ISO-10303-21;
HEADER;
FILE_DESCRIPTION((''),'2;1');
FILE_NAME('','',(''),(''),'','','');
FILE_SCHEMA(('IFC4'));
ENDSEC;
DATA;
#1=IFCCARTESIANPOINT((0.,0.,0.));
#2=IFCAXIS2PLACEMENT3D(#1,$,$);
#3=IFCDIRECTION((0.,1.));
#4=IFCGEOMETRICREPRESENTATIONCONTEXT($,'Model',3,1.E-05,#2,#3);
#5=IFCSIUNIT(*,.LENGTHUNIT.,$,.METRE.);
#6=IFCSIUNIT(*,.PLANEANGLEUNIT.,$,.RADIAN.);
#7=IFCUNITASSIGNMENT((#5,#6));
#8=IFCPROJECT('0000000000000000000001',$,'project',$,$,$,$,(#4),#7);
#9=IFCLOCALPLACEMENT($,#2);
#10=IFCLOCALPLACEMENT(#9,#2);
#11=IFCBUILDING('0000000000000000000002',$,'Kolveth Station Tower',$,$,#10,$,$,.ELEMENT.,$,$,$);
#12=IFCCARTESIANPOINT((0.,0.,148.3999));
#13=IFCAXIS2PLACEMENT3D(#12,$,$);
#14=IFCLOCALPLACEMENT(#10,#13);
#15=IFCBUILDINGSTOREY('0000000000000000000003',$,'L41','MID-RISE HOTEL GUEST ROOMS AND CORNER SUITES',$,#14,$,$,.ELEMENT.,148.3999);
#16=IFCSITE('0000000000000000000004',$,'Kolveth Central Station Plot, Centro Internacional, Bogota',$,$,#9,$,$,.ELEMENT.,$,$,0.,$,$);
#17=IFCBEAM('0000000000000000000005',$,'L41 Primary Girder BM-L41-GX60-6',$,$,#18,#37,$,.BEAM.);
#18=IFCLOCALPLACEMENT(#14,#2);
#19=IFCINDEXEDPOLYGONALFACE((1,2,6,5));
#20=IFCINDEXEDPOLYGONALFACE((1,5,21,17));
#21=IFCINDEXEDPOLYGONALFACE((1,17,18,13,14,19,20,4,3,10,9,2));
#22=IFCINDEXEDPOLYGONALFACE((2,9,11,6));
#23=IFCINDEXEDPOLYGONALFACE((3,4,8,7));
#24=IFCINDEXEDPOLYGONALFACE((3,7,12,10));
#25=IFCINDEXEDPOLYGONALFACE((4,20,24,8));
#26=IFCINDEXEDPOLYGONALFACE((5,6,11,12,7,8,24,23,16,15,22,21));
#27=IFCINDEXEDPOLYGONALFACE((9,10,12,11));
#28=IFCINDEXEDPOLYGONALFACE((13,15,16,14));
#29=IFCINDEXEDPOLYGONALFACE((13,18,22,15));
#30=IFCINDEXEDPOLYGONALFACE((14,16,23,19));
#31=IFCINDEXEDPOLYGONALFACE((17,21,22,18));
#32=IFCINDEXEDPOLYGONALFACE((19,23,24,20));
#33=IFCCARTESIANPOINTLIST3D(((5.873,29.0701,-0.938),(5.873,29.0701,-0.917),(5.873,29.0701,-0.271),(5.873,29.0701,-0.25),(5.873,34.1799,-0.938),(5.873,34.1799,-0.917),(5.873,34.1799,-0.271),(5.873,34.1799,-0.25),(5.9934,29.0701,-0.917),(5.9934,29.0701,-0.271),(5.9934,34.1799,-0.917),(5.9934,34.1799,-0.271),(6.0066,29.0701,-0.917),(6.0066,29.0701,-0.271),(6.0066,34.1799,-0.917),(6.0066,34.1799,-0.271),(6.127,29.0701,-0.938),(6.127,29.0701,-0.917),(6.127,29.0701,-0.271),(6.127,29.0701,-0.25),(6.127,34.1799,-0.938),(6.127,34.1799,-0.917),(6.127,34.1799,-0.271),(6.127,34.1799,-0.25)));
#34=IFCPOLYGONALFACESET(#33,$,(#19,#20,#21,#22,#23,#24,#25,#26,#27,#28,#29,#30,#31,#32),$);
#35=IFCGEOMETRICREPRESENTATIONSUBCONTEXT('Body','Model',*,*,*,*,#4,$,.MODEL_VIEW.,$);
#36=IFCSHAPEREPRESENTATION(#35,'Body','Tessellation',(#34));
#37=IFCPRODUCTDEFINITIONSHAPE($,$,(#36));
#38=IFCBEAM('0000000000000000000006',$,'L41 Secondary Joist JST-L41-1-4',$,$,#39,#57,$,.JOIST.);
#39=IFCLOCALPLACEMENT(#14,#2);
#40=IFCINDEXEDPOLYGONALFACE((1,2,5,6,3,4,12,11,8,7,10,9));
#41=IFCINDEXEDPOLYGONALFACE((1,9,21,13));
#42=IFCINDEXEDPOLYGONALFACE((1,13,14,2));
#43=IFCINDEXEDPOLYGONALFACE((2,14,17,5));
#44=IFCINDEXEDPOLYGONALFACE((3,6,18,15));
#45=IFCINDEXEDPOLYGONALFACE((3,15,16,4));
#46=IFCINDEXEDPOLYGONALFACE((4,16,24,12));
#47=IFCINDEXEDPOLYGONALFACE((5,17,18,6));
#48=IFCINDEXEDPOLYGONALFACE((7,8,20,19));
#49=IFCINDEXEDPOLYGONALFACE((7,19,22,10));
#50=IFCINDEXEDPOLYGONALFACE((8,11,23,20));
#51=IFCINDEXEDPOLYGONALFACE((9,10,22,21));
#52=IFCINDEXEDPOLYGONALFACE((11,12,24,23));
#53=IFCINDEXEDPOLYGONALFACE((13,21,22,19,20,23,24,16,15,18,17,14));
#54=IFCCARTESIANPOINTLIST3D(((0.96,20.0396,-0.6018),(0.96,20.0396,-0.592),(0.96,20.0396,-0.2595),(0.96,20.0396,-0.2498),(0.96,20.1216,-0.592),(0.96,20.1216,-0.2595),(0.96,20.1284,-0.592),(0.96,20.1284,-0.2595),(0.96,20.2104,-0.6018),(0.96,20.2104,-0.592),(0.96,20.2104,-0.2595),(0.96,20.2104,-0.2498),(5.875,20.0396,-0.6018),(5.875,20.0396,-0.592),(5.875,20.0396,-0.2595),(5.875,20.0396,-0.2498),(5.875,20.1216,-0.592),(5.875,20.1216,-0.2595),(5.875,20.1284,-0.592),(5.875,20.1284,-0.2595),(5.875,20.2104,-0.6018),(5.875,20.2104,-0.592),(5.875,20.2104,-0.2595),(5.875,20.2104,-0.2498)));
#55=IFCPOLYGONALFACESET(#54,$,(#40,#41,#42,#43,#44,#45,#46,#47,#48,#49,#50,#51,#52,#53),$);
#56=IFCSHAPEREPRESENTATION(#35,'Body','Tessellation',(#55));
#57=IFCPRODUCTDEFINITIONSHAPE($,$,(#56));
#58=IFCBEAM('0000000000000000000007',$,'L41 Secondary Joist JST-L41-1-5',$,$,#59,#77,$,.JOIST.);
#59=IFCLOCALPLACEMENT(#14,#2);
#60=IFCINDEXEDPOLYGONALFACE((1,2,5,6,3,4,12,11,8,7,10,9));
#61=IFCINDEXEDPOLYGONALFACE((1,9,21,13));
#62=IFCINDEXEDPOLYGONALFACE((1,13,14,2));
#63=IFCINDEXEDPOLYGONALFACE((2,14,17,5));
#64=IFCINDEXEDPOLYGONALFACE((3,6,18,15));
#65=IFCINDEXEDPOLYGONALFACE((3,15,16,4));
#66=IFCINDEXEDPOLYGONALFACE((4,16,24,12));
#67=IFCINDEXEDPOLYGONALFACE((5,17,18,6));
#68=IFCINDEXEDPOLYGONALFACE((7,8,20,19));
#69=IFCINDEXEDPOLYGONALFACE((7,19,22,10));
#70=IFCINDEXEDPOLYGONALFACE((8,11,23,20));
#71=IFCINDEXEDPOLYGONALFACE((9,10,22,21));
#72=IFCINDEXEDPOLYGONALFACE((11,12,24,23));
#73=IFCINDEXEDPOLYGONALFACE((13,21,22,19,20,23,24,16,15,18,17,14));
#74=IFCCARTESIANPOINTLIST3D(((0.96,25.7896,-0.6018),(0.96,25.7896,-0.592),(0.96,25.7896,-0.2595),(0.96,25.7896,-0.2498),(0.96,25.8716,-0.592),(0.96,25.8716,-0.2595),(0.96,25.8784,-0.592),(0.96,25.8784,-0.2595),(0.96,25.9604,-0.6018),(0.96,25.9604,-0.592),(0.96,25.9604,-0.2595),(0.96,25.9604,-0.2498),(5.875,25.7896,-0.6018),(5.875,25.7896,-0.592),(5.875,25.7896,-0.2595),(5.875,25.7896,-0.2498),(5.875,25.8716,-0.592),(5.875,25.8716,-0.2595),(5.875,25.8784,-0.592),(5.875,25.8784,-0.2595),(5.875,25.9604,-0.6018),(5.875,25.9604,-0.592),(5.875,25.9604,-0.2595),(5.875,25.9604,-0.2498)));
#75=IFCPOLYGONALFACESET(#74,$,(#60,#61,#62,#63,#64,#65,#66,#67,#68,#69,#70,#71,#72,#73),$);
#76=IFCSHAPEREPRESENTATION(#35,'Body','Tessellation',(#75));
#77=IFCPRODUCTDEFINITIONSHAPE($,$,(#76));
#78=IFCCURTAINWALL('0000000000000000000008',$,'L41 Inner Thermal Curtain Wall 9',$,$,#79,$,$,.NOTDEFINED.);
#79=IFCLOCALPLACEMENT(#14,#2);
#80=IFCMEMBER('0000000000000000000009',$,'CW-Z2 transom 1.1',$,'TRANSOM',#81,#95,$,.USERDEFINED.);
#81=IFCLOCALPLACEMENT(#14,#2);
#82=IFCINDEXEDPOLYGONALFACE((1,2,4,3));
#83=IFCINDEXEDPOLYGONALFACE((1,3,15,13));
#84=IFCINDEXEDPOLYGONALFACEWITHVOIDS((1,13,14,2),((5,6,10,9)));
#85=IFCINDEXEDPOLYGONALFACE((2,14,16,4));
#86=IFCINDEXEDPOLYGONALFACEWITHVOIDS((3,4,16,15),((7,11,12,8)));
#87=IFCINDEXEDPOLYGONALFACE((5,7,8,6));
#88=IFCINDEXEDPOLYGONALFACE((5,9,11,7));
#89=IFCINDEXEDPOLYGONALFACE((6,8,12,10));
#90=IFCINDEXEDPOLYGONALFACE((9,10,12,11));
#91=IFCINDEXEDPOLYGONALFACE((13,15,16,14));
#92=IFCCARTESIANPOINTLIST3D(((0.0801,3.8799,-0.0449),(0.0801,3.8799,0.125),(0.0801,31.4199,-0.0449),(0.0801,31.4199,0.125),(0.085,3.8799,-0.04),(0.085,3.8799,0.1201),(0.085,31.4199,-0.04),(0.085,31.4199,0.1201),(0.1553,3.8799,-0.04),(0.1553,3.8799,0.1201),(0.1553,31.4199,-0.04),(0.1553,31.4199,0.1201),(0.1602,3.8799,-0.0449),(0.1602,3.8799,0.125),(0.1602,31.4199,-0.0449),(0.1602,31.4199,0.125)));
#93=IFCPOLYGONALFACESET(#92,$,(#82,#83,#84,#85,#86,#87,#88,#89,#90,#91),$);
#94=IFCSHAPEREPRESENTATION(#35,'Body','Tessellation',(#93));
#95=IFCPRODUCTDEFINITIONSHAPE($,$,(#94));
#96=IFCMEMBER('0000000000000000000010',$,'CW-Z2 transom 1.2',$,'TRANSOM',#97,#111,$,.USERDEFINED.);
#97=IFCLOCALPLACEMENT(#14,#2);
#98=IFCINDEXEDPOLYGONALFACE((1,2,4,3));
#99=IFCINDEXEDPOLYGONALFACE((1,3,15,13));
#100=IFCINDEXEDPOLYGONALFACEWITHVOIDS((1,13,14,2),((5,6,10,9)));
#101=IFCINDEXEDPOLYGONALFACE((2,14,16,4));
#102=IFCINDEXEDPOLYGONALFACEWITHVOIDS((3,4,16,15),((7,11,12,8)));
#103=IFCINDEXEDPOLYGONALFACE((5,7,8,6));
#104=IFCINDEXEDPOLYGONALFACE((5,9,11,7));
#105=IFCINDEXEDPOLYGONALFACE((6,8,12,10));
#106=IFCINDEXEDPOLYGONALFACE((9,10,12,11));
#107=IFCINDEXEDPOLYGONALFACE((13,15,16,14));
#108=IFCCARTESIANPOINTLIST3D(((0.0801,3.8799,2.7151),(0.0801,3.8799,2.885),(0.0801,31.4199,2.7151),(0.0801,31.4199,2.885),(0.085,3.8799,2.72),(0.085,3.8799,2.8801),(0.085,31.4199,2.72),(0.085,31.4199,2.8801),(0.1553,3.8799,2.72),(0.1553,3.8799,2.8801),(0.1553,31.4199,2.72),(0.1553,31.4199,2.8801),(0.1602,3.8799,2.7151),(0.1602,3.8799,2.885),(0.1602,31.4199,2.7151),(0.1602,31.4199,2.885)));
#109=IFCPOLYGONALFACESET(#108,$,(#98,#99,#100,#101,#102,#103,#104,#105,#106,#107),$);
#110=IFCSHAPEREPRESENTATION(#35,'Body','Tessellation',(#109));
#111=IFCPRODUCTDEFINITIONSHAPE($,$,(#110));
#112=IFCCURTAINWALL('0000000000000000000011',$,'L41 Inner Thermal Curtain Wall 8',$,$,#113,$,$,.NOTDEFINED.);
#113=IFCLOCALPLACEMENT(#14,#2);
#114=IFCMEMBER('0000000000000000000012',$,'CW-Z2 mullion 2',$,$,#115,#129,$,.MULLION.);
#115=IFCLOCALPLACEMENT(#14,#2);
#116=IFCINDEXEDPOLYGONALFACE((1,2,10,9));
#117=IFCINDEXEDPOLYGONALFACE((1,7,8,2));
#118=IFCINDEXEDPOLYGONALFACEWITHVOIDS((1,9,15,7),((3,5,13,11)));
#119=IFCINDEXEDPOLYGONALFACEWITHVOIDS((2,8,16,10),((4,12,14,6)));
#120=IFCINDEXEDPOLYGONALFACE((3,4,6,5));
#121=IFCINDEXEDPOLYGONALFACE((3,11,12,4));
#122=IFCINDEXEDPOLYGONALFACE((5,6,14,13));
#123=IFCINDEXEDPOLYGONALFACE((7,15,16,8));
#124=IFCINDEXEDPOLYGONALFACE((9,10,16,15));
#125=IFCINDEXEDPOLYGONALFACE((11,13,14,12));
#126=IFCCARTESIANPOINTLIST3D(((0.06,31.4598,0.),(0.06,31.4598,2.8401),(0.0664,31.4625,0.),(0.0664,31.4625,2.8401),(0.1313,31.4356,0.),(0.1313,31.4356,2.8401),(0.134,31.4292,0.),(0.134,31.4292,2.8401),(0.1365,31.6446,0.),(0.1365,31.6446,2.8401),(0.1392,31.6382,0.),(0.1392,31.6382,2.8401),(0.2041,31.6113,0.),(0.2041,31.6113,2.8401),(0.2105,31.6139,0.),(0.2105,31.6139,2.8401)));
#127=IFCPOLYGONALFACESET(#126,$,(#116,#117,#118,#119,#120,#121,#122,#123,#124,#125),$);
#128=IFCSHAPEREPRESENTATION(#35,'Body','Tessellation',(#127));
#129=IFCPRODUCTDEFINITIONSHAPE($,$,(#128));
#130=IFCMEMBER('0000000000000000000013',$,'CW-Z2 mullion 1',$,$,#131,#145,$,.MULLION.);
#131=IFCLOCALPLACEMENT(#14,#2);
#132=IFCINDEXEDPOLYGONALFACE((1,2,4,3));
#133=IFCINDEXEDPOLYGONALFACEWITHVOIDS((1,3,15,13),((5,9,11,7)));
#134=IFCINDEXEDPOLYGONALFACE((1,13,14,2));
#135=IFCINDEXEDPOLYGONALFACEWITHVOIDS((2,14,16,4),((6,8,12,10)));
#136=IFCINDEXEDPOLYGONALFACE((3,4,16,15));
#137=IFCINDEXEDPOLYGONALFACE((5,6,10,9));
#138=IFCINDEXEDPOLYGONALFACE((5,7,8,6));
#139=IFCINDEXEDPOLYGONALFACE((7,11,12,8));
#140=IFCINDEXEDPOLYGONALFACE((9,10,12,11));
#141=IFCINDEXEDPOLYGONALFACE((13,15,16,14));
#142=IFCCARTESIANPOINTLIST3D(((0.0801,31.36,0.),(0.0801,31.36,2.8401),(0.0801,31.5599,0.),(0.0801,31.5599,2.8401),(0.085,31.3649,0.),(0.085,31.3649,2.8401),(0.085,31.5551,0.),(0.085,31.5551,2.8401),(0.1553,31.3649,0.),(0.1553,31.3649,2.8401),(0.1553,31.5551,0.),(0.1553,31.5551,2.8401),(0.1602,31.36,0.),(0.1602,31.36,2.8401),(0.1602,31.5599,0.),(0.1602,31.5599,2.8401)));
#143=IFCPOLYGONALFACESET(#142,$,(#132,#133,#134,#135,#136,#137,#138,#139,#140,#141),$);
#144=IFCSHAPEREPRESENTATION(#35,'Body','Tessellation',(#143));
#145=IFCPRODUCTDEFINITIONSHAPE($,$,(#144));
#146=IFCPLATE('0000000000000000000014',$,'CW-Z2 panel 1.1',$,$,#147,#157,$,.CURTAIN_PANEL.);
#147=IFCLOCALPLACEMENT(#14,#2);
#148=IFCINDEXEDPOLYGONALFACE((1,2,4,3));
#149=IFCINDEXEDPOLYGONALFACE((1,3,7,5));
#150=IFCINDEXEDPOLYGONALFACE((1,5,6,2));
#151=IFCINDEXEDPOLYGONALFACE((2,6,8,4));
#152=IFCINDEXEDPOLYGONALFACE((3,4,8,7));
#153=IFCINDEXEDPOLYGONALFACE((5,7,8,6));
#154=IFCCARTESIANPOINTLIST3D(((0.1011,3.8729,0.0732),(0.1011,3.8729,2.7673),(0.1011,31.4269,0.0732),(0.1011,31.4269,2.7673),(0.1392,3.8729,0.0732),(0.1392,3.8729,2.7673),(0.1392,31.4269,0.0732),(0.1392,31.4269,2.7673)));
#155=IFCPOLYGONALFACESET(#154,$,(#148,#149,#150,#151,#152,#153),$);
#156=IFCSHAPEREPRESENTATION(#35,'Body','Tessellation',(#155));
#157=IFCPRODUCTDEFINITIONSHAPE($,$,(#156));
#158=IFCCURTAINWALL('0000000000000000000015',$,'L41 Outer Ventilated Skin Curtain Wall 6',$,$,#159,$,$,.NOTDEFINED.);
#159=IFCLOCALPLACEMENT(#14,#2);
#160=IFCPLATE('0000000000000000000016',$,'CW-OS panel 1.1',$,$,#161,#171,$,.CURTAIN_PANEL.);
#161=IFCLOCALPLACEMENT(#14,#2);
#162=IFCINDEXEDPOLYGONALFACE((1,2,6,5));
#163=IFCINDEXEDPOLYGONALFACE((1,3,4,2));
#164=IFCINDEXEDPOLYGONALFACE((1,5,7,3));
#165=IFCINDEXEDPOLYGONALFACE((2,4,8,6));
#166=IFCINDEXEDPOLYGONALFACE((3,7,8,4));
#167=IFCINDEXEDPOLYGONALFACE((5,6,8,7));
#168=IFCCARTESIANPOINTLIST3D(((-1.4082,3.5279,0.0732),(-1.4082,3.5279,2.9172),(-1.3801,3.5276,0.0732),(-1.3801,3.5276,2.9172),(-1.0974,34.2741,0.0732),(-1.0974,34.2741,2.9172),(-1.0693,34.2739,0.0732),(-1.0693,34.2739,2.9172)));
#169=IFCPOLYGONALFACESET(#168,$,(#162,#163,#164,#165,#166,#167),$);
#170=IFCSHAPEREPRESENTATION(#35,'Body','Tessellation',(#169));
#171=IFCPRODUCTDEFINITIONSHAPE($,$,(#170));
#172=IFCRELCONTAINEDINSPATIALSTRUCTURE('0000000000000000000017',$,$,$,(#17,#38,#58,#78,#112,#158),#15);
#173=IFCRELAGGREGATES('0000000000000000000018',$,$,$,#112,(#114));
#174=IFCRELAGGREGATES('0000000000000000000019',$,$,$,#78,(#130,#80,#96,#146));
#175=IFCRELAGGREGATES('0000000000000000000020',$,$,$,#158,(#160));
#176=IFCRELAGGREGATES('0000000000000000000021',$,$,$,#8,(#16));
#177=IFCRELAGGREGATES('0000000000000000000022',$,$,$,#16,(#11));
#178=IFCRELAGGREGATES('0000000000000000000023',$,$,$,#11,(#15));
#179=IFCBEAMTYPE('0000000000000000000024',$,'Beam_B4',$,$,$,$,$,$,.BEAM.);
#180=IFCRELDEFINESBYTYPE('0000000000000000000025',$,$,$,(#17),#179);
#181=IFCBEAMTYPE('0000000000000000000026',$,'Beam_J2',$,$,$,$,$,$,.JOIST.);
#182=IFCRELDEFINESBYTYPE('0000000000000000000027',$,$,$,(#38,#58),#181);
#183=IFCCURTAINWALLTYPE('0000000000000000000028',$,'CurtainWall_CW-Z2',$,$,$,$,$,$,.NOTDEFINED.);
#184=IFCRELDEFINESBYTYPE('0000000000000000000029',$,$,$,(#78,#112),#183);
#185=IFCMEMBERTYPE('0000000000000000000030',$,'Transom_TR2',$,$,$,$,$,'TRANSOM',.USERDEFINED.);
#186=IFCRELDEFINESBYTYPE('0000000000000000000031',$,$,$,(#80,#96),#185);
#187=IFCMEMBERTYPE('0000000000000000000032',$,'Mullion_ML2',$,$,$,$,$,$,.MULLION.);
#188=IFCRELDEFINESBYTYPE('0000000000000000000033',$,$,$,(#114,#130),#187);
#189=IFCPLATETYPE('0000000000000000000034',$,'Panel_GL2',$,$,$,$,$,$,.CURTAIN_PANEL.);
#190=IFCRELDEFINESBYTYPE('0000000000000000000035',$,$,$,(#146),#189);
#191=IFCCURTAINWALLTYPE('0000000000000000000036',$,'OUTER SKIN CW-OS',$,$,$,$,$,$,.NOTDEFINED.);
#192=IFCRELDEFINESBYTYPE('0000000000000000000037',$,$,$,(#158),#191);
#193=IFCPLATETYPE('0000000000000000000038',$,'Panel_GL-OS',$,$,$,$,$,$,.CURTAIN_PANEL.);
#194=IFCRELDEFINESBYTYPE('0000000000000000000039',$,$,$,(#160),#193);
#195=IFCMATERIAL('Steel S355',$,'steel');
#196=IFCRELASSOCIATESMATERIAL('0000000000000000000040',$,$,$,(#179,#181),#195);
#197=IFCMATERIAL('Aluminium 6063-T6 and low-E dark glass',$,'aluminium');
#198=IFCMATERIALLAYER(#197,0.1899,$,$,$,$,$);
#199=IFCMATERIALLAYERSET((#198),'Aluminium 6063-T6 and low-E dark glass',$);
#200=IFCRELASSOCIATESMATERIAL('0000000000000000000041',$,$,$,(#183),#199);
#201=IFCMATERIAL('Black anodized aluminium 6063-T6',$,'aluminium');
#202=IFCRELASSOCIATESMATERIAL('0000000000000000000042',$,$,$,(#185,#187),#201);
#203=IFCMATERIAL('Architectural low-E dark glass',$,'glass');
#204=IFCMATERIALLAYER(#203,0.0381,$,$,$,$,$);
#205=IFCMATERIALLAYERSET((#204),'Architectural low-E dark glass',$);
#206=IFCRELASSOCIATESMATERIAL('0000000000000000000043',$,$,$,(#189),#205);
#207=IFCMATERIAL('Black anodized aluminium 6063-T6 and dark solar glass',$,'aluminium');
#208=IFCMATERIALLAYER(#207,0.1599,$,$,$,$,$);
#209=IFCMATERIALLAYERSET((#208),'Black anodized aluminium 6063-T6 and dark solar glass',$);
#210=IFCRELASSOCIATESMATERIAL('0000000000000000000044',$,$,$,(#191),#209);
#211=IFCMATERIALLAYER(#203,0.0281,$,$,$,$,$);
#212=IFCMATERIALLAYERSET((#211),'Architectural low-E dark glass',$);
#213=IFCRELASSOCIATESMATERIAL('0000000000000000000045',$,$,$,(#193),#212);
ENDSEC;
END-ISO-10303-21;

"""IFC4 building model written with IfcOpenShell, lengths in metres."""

from ifc_helpers import new_model, si_unit, direction, frame, origin, origin_2d, place, context, subcontext, project, spatial, rectangle, hollow_rectangle, i_section, extrude, source, transform, mapped, material, layer, layer_set, material_profile, profile_set, type_object, element, aggregate, save


model = new_model("IFC4")

# Units and contexts
model_context = context("Model", 3, precision=1e-05, world=origin(), true_north=direction((0.0, 1.0)))
body_context = subcontext(model_context, "Body", "Model", "MODEL_VIEW")
ifc_project = project(units=[si_unit("LENGTHUNIT", "METRE"), si_unit("PLANEANGLEUNIT", "RADIAN")], contexts=[model_context])

# Site, building, storey
site_placement = place(None, origin())
site = spatial("IfcSite", under=ifc_project, at=site_placement, Name="Kolveth Central Station Plot, Centro Internacional, Bogota", CompositionType="ELEMENT", RefElevation=0.0)
building_placement = place(site_placement, origin())
building = spatial("IfcBuilding", under=site, at=building_placement, Name="Kolveth Station Tower", CompositionType="ELEMENT")
storey_placement = place(building_placement, frame((0.0, 0.0, 148.3999)))
storey = spatial("IfcBuildingStorey", under=building, at=storey_placement, Name="L41", Description="MID-RISE HOTEL GUEST ROOMS AND CORNER SUITES", CompositionType="ELEMENT", Elevation=148.3999)

# Beams
ifc_material_1 = material(Name="Steel S355", Category="steel")
ifc_material_profile_1 = material_profile(ifc_material_1, i_section(OverallWidth=0.2539, OverallDepth=0.688, WebThickness=0.0132, FlangeThickness=0.021, at=origin_2d()), Name="W690x152")
ifc_profile_set_1 = profile_set([ifc_material_profile_1], Name="Steel S355")
beam_type_1 = type_object("IfcBeamType", Name="Beam_B4", PredefinedType="BEAM", material=ifc_profile_set_1)
shared_shape_1 = source(origin(), body_context, "Body", "SweptSolid", [
    extrude(i_section(OverallWidth=0.2539, OverallDepth=0.688, WebThickness=0.0132, FlangeThickness=0.021, at=origin_2d()), origin(), (0.0, 0.0, 1.0), 5.1099),
])
for number, where, z_axis, x_axis, name in (
    (1, (6.0, 29.0701, -0.594), (0.0, 1.0, 0.0), (-1.0, 0.0, 0.0), "L41 Primary Girder BM-L41-GX60-6"),
):
    element("IfcBeam", number, at=place(storey_placement, frame(where, z_axis=z_axis, x_axis=x_axis)), inside=storey, type_object=beam_type_1, Name=name, PredefinedType="BEAM", context=body_context, shape_type="MappedRepresentation", body=[
        mapped(shared_shape_1, transform((0.0, 0.0, 0.0), x_axis=(1.0, 0.0, 0.0), y_axis=(0.0, 1.0, 0.0), z_axis=(0.0, 0.0, 1.0), scale=1.0)),
    ])
ifc_material_profile_2 = material_profile(ifc_material_1, i_section(OverallWidth=0.1709, OverallDepth=0.3521, WebThickness=0.0068, FlangeThickness=0.0098, at=origin_2d()), Name="W360x44")
ifc_profile_set_2 = profile_set([ifc_material_profile_2], Name="Steel S355")
beam_type_2 = type_object("IfcBeamType", Name="Beam_J2", PredefinedType="JOIST", material=ifc_profile_set_2)
shared_shape_2 = source(origin(), body_context, "Body", "SweptSolid", [
    extrude(i_section(OverallWidth=0.1709, OverallDepth=0.3521, WebThickness=0.0068, FlangeThickness=0.0098, at=origin_2d()), origin(), (0.0, 0.0, 1.0), 4.915),
])
for number, where, z_axis, x_axis, name in (
    (2, (0.96, 20.125, -0.4258), (1.0, 0.0, 0.0), (0.0, 1.0, 0.0), "L41 Secondary Joist JST-L41-1-4"),
    (3, (0.96, 25.875, -0.4258), (1.0, 0.0, 0.0), (0.0, 1.0, 0.0), "L41 Secondary Joist JST-L41-1-5"),
):
    element("IfcBeam", number, at=place(storey_placement, frame(where, z_axis=z_axis, x_axis=x_axis)), inside=storey, type_object=beam_type_2, Name=name, PredefinedType="JOIST", context=body_context, shape_type="MappedRepresentation", body=[
        mapped(shared_shape_2, transform((0.0, 0.0, 0.0), x_axis=(1.0, 0.0, 0.0), y_axis=(0.0, 1.0, 0.0), z_axis=(0.0, 0.0, 1.0), scale=1.0)),
    ])

# Curtain wall, members
ifc_material_2 = material(Name="Aluminium 6063-T6 and low-E dark glass", Category="aluminium")
ifc_layer_1 = layer(ifc_material_2, 0.1899)
ifc_layer_set_1 = layer_set([ifc_layer_1], Name="Aluminium 6063-T6 and low-E dark glass")
curtain_wall_type_1 = type_object("IfcCurtainWallType", Name="CurtainWall_CW-Z2", PredefinedType="NOTDEFINED", material=ifc_layer_set_1)
curtain_wall_1_placement = place(storey_placement, origin())
curtain_wall_1 = element("IfcCurtainWall", 4, at=curtain_wall_1_placement, inside=storey, type_object=curtain_wall_type_1, Name="L41 Inner Thermal Curtain Wall 9", PredefinedType="NOTDEFINED")
ifc_material_3 = material(Name="Black anodized aluminium 6063-T6", Category="aluminium")
ifc_material_profile_3 = material_profile(ifc_material_3, hollow_rectangle(XDim=0.0801, YDim=0.1699, WallThickness=0.0049, at=origin_2d()), Name="ALU-80x170x5")
ifc_profile_set_3 = profile_set([ifc_material_profile_3], Name="Black anodized aluminium 6063-T6")
member_type_1 = type_object("IfcMemberType", Name="Transom_TR2", ElementType="TRANSOM", PredefinedType="USERDEFINED", material=ifc_profile_set_3)
shared_shape_3 = source(origin(), body_context, "Body", "SweptSolid", [
    extrude(hollow_rectangle(XDim=0.0801, YDim=0.1699, WallThickness=0.0049, at=origin_2d()), origin(), (0.0, 0.0, 1.0), 27.54),
])
member_1_placement = place(storey_placement, frame((0.1201, 31.4199, 0.04), z_axis=(0.0, -1.0, 0.0), x_axis=(1.0, 0.0, 0.0)))
member_1 = element("IfcMember", 5, at=member_1_placement, type_object=member_type_1, Name="CW-Z2 transom 1.1", ObjectType="TRANSOM", PredefinedType="USERDEFINED", context=body_context, shape_type="MappedRepresentation", body=[
    mapped(shared_shape_3, transform((0.0, 0.0, 0.0), x_axis=(1.0, 0.0, 0.0), y_axis=(0.0, 1.0, 0.0), z_axis=(0.0, 0.0, 1.0), scale=1.0)),
])
member_2_placement = place(storey_placement, frame((0.1201, 31.4199, 2.8), z_axis=(0.0, -1.0, 0.0), x_axis=(1.0, 0.0, 0.0)))
member_2 = element("IfcMember", 6, at=member_2_placement, type_object=member_type_1, Name="CW-Z2 transom 1.2", ObjectType="TRANSOM", PredefinedType="USERDEFINED", context=body_context, shape_type="MappedRepresentation", body=[
    mapped(shared_shape_3, transform((0.0, 0.0, 0.0), x_axis=(1.0, 0.0, 0.0), y_axis=(0.0, 1.0, 0.0), z_axis=(0.0, 0.0, 1.0), scale=1.0)),
])

# Curtain wall, member
curtain_wall_2_placement = place(storey_placement, origin())
curtain_wall_2 = element("IfcCurtainWall", 7, at=curtain_wall_2_placement, inside=storey, type_object=curtain_wall_type_1, Name="L41 Inner Thermal Curtain Wall 8", PredefinedType="NOTDEFINED")
ifc_material_profile_4 = material_profile(ifc_material_3, hollow_rectangle(XDim=0.0801, YDim=0.2, WallThickness=0.0049, at=origin_2d()), Name="ALU-80x200x5")
ifc_profile_set_4 = profile_set([ifc_material_profile_4], Name="Black anodized aluminium 6063-T6")
member_type_2 = type_object("IfcMemberType", Name="Mullion_ML2", PredefinedType="MULLION", material=ifc_profile_set_4)
shared_shape_4 = source(origin(), body_context, "Body", "SweptSolid", [
    extrude(hollow_rectangle(XDim=0.0801, YDim=0.2, WallThickness=0.0049, at=origin_2d()), origin(), (0.0, 0.0, 1.0), 2.8401),
])
member_3_placement = place(storey_placement, frame((0.1353, 31.5369, 0.0), z_axis=(0.0, 0.0, 1.0), x_axis=(0.923888, -0.382663, 0.0)))
member_3 = element("IfcMember", 8, at=member_3_placement, type_object=member_type_2, Name="CW-Z2 mullion 2", PredefinedType="MULLION", context=body_context, shape_type="MappedRepresentation", body=[
    mapped(shared_shape_4, transform((0.0, 0.0, 0.0), x_axis=(1.0, 0.0, 0.0), y_axis=(0.0, 1.0, 0.0), z_axis=(0.0, 0.0, 1.0), scale=1.0)),
])
aggregate(curtain_wall_2, [member_3])

# Member
member_4_placement = place(storey_placement, frame((0.1201, 31.46, 0.0), z_axis=(0.0, 0.0, 1.0), x_axis=(1.0, 0.0, 0.0)))
member_4 = element("IfcMember", 9, at=member_4_placement, type_object=member_type_2, Name="CW-Z2 mullion 1", PredefinedType="MULLION", context=body_context, shape_type="MappedRepresentation", body=[
    mapped(shared_shape_4, transform((0.0, 0.0, 0.0), x_axis=(1.0, 0.0, 0.0), y_axis=(0.0, 1.0, 0.0), z_axis=(0.0, 0.0, 1.0), scale=1.0)),
])

# Plate
ifc_material_4 = material(Name="Architectural low-E dark glass", Category="glass")
ifc_layer_2 = layer(ifc_material_4, 0.0381)
ifc_layer_set_2 = layer_set([ifc_layer_2], Name="Architectural low-E dark glass")
plate_type_1 = type_object("IfcPlateType", Name="Panel_GL2", PredefinedType="CURTAIN_PANEL", material=ifc_layer_set_2)
shared_shape_5 = source(origin(), body_context, "Body", "SweptSolid", [
    extrude(rectangle(XDim=27.554, YDim=0.0381, at=origin_2d()), origin(), (0.0, 0.0, 1.0), 2.6941),
])
plate_1_placement = place(storey_placement, frame((0.1201, 17.6499, 0.0732), z_axis=(0.0, 0.0, 1.0), x_axis=(0.0, -1.0, 0.0)))
plate_1 = element("IfcPlate", 10, at=plate_1_placement, type_object=plate_type_1, Name="CW-Z2 panel 1.1", PredefinedType="CURTAIN_PANEL", context=body_context, shape_type="MappedRepresentation", body=[
    mapped(shared_shape_5, transform((0.0, 0.0, 0.0), x_axis=(1.0, 0.0, 0.0), y_axis=(0.0, 1.0, 0.0), z_axis=(0.0, 0.0, 1.0), scale=1.0)),
])
aggregate(curtain_wall_1, [member_4, member_1, member_2, plate_1])

# Curtain wall, plate
ifc_material_5 = material(Name="Black anodized aluminium 6063-T6 and dark solar glass", Category="aluminium")
ifc_layer_3 = layer(ifc_material_5, 0.1599)
ifc_layer_set_3 = layer_set([ifc_layer_3], Name="Black anodized aluminium 6063-T6 and dark solar glass")
curtain_wall_type_2 = type_object("IfcCurtainWallType", Name="OUTER SKIN CW-OS", PredefinedType="NOTDEFINED", material=ifc_layer_set_3)
curtain_wall_3_placement = place(storey_placement, origin())
curtain_wall_3 = element("IfcCurtainWall", 11, at=curtain_wall_3_placement, inside=storey, type_object=curtain_wall_type_2, Name="L41 Outer Ventilated Skin Curtain Wall 6", PredefinedType="NOTDEFINED")
ifc_layer_4 = layer(ifc_material_4, 0.0281)
ifc_layer_set_4 = layer_set([ifc_layer_4], Name="Architectural low-E dark glass")
plate_type_2 = type_object("IfcPlateType", Name="Panel_GL-OS", PredefinedType="CURTAIN_PANEL", material=ifc_layer_set_4)
shared_shape_6 = source(origin(), body_context, "Body", "SweptSolid", [
    extrude(rectangle(XDim=30.7478, YDim=0.0281, at=origin_2d()), origin(), (0.0, 0.0, 1.0), 2.844),
])
plate_2_placement = place(storey_placement, frame((-1.2388, 18.9009, 0.0732), z_axis=(0.0, 0.0, 1.0), x_axis=(-0.010109, -0.999949, 0.0)))
plate_2 = element("IfcPlate", 12, at=plate_2_placement, type_object=plate_type_2, Name="CW-OS panel 1.1", PredefinedType="CURTAIN_PANEL", context=body_context, shape_type="MappedRepresentation", body=[
    mapped(shared_shape_6, transform((0.0, 0.0, 0.0), x_axis=(1.0, 0.0, 0.0), y_axis=(0.0, 1.0, 0.0), z_axis=(0.0, 0.0, 1.0), scale=1.0)),
])
aggregate(curtain_wall_3, [plate_2])

save(model, "model.ifc")
